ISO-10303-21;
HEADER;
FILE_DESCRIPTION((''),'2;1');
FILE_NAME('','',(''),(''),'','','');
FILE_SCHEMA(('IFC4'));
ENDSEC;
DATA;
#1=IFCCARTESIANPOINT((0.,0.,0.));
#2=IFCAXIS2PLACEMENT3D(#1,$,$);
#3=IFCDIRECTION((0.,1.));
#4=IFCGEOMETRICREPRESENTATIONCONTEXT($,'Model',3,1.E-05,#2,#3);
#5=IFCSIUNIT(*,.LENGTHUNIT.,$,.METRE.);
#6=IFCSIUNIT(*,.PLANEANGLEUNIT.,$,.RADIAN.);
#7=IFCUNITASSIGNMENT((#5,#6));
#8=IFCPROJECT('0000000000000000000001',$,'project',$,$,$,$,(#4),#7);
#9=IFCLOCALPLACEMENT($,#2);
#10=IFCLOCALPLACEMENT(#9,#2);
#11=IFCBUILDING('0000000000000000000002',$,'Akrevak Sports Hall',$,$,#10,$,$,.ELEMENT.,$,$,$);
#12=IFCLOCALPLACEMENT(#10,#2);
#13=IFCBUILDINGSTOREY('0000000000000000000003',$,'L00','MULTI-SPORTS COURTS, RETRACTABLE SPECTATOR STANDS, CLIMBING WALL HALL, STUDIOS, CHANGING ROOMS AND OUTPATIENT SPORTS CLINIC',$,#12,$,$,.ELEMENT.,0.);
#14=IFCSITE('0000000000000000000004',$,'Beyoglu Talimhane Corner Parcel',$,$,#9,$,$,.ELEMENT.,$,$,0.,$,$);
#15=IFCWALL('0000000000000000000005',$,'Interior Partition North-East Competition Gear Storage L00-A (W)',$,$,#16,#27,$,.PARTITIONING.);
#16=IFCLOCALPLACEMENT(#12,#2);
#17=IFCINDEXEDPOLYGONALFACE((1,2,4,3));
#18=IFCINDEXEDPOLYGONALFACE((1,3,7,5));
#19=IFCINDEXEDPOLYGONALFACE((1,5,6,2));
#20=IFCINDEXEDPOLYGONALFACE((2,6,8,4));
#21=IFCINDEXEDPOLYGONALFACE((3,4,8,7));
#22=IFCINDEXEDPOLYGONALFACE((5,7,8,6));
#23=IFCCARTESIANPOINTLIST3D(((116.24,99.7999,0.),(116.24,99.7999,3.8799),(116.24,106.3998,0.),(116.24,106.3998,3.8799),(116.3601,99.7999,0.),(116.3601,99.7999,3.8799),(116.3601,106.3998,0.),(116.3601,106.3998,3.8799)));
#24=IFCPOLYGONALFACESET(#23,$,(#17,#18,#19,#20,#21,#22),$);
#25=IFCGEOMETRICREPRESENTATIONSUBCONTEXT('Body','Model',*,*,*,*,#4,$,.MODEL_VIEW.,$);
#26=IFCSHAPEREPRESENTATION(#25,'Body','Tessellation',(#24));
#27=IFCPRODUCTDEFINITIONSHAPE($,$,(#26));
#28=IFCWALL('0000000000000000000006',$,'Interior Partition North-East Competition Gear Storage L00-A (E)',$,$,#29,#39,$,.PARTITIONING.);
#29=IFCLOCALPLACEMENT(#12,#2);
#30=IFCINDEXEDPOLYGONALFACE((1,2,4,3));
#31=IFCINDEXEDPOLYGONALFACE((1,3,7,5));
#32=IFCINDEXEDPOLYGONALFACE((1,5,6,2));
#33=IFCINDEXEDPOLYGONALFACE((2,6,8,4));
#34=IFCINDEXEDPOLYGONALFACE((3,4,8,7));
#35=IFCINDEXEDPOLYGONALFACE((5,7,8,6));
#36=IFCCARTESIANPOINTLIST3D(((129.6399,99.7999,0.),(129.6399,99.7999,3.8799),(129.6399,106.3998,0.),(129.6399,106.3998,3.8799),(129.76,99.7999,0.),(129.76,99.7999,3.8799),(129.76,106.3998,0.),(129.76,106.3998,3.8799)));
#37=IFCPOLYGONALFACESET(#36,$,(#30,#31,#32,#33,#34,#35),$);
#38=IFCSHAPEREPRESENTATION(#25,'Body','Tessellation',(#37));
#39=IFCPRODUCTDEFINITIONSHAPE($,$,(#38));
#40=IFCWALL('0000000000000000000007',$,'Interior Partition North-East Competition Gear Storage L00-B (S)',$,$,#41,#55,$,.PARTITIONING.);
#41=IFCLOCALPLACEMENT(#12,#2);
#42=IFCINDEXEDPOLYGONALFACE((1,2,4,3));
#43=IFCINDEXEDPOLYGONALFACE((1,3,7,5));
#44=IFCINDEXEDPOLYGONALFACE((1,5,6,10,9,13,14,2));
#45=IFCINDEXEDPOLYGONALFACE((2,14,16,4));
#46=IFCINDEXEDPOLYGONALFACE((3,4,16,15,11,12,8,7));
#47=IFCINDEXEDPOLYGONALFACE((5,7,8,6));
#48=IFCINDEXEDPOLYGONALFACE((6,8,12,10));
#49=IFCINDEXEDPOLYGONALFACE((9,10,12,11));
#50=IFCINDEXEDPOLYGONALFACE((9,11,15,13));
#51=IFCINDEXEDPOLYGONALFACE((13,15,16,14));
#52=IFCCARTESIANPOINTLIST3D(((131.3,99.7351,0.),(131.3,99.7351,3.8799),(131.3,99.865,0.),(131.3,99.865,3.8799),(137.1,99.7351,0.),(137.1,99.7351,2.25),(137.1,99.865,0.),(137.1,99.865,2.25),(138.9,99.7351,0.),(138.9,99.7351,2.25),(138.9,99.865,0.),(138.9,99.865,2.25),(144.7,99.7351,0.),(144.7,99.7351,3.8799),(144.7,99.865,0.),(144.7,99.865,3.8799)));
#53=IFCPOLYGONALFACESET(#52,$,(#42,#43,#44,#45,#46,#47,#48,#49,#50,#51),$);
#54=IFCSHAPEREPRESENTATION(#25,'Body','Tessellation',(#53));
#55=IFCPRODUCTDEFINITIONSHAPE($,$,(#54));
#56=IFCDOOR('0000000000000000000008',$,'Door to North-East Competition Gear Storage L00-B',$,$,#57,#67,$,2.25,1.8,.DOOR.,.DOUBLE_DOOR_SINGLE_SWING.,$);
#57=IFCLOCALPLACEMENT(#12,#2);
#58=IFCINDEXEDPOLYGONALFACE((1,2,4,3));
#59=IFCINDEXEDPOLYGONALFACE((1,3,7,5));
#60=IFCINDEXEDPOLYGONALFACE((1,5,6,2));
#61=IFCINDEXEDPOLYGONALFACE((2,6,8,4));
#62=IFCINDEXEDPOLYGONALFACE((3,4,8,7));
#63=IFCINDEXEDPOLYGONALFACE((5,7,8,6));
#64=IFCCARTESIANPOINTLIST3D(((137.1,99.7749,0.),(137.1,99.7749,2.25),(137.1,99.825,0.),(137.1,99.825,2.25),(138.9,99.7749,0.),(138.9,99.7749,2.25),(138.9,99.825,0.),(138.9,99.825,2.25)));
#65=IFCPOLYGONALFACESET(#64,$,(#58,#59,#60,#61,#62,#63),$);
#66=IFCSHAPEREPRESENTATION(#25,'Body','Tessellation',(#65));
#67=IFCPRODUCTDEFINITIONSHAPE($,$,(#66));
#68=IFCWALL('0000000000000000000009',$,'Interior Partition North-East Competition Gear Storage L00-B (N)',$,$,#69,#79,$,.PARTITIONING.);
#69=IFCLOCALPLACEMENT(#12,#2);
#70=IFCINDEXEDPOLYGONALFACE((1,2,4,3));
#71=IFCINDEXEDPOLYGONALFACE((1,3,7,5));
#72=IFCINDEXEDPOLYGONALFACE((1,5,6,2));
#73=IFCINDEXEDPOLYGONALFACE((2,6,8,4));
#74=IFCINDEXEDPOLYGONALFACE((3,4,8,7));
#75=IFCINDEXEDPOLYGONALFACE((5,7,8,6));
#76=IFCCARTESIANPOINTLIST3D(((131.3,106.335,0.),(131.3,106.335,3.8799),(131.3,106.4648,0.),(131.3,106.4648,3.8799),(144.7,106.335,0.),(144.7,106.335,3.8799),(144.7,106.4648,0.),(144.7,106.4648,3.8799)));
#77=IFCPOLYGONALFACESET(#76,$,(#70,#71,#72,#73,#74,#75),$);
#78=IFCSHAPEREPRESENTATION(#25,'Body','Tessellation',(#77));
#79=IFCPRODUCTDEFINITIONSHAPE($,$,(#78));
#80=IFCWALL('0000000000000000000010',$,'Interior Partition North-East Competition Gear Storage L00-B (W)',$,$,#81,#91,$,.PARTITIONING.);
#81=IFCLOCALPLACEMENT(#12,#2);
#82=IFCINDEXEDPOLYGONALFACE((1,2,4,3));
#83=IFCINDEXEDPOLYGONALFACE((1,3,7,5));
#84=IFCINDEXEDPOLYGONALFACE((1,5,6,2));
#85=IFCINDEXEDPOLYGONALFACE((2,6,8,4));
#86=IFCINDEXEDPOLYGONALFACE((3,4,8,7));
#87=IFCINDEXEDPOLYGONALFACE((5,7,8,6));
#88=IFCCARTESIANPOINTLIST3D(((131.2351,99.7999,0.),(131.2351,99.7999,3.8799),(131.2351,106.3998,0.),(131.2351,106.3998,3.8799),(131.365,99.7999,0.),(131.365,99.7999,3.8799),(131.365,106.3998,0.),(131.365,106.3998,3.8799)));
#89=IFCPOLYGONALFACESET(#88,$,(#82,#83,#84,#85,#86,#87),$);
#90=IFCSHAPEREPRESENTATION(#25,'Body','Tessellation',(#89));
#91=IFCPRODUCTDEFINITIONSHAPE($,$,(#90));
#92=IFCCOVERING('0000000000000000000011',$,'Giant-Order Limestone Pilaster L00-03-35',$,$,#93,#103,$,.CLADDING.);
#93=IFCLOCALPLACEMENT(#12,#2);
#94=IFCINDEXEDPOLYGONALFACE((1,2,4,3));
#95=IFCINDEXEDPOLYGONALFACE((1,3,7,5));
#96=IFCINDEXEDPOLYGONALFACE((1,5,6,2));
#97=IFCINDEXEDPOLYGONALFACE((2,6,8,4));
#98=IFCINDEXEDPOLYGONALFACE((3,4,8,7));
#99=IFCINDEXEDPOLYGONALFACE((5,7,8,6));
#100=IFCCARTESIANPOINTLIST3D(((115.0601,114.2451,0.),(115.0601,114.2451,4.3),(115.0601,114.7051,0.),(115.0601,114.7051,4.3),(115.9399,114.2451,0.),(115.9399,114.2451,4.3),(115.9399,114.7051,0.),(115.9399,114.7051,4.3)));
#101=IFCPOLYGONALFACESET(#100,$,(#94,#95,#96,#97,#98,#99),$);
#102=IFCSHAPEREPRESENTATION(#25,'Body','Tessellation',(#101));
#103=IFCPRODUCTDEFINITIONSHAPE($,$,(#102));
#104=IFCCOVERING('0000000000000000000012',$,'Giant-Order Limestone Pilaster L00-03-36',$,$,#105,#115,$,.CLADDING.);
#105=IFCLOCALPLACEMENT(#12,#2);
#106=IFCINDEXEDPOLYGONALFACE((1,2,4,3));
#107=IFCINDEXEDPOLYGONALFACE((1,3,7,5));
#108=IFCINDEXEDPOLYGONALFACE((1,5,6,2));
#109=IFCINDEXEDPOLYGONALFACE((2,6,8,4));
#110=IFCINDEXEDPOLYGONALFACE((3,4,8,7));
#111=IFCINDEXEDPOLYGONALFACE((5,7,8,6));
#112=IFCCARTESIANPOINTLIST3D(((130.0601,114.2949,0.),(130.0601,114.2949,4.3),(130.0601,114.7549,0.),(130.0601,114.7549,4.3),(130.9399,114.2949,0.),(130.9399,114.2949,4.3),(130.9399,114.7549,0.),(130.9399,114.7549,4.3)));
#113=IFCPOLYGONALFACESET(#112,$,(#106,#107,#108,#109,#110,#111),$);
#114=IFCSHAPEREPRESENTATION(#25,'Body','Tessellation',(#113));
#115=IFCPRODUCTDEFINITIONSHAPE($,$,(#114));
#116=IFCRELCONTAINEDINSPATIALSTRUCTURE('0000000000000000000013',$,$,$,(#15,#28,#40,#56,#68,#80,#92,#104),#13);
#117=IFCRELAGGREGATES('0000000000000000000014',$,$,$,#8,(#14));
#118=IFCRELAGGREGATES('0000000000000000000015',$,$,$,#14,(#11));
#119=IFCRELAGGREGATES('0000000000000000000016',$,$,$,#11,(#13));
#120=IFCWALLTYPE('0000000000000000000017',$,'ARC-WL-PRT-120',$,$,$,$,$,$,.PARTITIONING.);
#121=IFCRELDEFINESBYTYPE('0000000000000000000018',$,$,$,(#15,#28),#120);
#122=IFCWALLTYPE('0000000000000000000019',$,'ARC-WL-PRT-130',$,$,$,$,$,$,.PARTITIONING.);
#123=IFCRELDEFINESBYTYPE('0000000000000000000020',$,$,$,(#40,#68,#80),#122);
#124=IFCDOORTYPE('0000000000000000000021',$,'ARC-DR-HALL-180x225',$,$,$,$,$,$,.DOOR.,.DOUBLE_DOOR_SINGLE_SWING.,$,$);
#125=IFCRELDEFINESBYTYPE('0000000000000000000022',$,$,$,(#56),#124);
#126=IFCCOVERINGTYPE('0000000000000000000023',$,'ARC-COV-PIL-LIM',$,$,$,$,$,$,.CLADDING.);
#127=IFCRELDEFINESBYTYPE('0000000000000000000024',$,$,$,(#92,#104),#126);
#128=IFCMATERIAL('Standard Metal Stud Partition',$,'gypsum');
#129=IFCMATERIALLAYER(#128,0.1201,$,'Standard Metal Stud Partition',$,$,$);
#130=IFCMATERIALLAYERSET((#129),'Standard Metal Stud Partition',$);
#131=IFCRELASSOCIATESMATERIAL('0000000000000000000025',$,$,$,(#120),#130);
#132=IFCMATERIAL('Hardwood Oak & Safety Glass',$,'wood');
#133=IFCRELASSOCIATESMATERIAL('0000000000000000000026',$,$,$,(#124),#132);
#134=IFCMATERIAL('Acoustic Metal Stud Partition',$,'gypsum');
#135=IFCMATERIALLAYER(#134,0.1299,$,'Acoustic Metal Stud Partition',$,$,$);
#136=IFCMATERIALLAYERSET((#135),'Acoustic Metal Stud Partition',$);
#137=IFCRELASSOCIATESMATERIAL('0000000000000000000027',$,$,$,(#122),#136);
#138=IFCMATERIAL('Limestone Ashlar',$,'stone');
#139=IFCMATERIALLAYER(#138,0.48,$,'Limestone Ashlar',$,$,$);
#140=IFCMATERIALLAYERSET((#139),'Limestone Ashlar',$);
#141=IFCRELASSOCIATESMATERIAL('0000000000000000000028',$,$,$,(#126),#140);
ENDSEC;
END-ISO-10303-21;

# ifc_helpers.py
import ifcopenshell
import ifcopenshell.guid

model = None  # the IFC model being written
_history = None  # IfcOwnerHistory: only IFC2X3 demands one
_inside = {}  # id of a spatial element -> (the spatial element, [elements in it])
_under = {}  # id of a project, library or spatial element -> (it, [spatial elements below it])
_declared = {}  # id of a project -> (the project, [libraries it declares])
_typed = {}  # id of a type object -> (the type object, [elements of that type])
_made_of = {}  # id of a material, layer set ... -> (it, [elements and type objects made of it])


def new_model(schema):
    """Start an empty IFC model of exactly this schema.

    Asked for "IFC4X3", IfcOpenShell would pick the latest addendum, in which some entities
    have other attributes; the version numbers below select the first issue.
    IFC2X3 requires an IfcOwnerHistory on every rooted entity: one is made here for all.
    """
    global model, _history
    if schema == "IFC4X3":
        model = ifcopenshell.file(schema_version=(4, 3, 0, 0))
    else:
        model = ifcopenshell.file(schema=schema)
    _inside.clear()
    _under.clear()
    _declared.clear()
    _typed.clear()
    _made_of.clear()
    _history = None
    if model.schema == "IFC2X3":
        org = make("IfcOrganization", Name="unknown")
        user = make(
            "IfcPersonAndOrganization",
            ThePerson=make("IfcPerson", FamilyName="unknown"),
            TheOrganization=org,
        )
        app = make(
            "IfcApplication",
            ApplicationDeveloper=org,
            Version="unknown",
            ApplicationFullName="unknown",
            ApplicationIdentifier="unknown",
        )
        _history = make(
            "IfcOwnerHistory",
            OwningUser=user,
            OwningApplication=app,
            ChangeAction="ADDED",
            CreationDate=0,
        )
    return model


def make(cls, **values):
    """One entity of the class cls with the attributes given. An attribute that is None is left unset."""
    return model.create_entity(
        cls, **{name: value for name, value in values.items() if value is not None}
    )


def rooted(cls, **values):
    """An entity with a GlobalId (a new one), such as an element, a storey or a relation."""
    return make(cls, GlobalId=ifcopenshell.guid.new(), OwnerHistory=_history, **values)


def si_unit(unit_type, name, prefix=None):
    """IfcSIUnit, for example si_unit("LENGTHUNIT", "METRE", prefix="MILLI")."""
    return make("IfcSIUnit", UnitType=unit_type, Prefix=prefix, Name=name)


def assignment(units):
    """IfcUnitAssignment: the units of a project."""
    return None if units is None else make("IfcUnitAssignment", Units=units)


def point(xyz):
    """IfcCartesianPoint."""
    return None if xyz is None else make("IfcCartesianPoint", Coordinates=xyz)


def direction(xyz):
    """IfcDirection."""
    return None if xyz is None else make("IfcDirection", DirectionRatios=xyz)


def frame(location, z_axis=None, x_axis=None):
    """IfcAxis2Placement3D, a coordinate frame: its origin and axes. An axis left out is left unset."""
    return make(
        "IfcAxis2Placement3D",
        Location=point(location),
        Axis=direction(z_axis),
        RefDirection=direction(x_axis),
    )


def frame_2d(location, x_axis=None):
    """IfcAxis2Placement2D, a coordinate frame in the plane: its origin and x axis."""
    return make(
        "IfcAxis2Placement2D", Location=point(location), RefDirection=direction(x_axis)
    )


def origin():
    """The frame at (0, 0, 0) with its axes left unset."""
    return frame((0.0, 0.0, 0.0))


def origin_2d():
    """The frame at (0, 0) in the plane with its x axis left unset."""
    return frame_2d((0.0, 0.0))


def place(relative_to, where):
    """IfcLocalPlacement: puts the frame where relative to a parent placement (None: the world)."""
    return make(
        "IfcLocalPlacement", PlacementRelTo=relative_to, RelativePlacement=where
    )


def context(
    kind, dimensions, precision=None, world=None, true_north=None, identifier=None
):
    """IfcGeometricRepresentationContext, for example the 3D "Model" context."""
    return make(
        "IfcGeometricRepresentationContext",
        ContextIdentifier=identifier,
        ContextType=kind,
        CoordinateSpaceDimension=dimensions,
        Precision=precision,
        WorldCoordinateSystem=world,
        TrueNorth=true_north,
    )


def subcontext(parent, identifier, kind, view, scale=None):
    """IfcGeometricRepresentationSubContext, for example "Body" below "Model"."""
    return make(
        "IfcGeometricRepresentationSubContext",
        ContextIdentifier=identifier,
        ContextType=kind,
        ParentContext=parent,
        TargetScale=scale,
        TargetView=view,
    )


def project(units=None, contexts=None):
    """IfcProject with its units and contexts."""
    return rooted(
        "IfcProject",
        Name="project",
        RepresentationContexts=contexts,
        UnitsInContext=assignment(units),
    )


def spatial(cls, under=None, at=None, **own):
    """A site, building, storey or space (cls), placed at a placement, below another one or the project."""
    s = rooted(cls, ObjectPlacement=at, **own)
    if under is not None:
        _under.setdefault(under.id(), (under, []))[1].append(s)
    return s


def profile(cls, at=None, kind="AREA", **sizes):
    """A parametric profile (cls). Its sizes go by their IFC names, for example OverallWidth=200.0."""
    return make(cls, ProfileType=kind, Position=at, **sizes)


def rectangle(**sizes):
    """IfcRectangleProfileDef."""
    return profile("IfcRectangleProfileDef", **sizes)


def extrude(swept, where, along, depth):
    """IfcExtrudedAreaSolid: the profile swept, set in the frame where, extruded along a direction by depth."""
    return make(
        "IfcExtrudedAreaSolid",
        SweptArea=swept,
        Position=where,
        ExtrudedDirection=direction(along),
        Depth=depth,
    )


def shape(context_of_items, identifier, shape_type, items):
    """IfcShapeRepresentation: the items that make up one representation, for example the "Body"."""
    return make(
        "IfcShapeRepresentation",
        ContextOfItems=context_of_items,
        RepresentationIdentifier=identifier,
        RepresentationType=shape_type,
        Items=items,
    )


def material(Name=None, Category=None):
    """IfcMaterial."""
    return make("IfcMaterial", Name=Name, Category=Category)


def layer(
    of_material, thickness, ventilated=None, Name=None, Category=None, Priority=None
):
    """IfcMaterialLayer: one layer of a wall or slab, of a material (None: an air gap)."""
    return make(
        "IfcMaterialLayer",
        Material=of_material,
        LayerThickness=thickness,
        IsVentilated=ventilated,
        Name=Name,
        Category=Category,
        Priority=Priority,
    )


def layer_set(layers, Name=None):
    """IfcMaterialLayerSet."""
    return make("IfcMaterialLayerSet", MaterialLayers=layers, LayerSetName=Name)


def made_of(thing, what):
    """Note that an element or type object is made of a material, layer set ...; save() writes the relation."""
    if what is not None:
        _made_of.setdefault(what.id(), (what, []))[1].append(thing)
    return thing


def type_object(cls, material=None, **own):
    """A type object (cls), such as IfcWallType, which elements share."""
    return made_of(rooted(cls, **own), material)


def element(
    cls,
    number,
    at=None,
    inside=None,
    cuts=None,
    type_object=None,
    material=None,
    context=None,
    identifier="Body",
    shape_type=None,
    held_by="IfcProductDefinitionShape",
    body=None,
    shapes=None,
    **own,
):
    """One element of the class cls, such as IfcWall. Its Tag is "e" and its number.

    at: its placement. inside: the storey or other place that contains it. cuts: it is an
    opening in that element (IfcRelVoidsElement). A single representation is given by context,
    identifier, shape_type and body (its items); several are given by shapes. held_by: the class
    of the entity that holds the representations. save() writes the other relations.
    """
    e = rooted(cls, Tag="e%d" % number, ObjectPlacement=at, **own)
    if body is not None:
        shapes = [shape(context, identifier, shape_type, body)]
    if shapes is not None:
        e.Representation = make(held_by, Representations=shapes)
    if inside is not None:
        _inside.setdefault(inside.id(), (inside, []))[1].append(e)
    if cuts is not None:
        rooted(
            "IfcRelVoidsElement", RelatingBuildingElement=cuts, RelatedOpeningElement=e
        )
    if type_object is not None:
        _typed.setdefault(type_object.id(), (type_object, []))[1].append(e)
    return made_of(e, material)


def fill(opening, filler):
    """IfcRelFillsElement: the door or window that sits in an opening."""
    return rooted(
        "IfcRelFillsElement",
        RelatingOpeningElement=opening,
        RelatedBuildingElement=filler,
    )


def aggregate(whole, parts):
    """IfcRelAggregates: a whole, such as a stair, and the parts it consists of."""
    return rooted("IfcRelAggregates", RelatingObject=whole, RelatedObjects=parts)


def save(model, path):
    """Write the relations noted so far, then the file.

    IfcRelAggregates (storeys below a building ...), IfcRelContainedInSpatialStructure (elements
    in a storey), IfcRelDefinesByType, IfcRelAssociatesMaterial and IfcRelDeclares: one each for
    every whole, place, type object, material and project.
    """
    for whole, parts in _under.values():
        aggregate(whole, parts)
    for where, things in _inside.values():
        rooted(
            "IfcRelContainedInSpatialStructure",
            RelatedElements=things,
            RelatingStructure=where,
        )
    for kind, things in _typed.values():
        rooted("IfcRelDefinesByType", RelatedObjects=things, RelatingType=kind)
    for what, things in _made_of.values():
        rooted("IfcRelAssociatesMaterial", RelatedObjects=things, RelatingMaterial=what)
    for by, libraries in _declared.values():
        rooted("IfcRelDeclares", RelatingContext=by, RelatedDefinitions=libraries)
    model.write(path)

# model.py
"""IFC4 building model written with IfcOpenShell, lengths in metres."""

from ifc_helpers import new_model, si_unit, direction, frame, frame_2d, origin, origin_2d, place, context, subcontext, project, spatial, rectangle, extrude, material, layer, layer_set, type_object, element, fill, save


model = new_model("IFC4")

# Units and contexts
model_context = context("Model", 3, precision=1e-05, world=origin(), true_north=direction((0.0, 1.0)))
body_context = subcontext(model_context, "Body", "Model", "MODEL_VIEW")
ifc_project = project(units=[si_unit("LENGTHUNIT", "METRE"), si_unit("PLANEANGLEUNIT", "RADIAN")], contexts=[model_context])

# Site, building, storey
site_placement = place(None, origin())
site = spatial("IfcSite", under=ifc_project, at=site_placement, Name="Beyoglu Talimhane Corner Parcel", CompositionType="ELEMENT", RefElevation=0.0)
building_placement = place(site_placement, origin())
building = spatial("IfcBuilding", under=site, at=building_placement, Name="Akrevak Sports Hall", CompositionType="ELEMENT")
storey_placement = place(building_placement, origin())
storey = spatial("IfcBuildingStorey", under=building, at=storey_placement, Name="L00", Description="MULTI-SPORTS COURTS, RETRACTABLE SPECTATOR STANDS, CLIMBING WALL HALL, STUDIOS, CHANGING ROOMS AND OUTPATIENT SPORTS CLINIC", CompositionType="ELEMENT", Elevation=0.0)

# Shared definitions
ifc_material_1 = material(Name="Limestone Ashlar", Category="stone")

# Shared definitions
ifc_material_2 = material(Name="Standard Metal Stud Partition", Category="gypsum")
ifc_layer_1 = layer(ifc_material_2, 0.1201, Name="Standard Metal Stud Partition")
ifc_layer_set_1 = layer_set([ifc_layer_1], Name="Standard Metal Stud Partition")
wall_type_1 = type_object("IfcWallType", Name="ARC-WL-PRT-120", PredefinedType="PARTITIONING", material=ifc_layer_set_1)
ifc_material_3 = material(Name="Hardwood Oak & Safety Glass", Category="wood")
door_type = type_object("IfcDoorType", Name="ARC-DR-HALL-180x225", OperationType="DOUBLE_DOOR_SINGLE_SWING", PredefinedType="DOOR", material=ifc_material_3)

# Walls
for number, where, z_axis, x_axis, name in (
    (1, (116.3, 99.8, 0.0), (0.0, 0.0, 1.0), (0.0, 1.0, 0.0), "Interior Partition North-East Competition Gear Storage L00-A (W)"),
    (2, (129.7, 99.8, 0.0), (0.0, 0.0, 1.0), (0.0, 1.0, 0.0), "Interior Partition North-East Competition Gear Storage L00-A (E)"),
):
    element("IfcWall", number, at=place(storey_placement, frame(where, z_axis=z_axis, x_axis=x_axis)), inside=storey, type_object=wall_type_1, Name=name, PredefinedType="PARTITIONING", context=body_context, shape_type="SweptSolid", body=[
        extrude(rectangle(XDim=6.5999, YDim=0.1201, at=frame_2d((3.2998, 0.0))), origin(), (0.0, 0.0, 1.0), 3.8799),
    ])

# Wall, opening, door
ifc_material_4 = material(Name="Acoustic Metal Stud Partition", Category="gypsum")
ifc_layer_2 = layer(ifc_material_4, 0.1299, Name="Acoustic Metal Stud Partition")
ifc_layer_set_2 = layer_set([ifc_layer_2], Name="Acoustic Metal Stud Partition")
wall_type_2 = type_object("IfcWallType", Name="ARC-WL-PRT-130", PredefinedType="PARTITIONING", material=ifc_layer_set_2)
wall_1_placement = place(storey_placement, frame((131.3, 99.8, 0.0), z_axis=(0.0, 0.0, 1.0), x_axis=(1.0, 0.0, 0.0)))
wall_1 = element("IfcWall", 3, at=wall_1_placement, inside=storey, type_object=wall_type_2, Name="Interior Partition North-East Competition Gear Storage L00-B (S)", PredefinedType="PARTITIONING", context=body_context, shape_type="SweptSolid", body=[
    extrude(rectangle(XDim=13.3999, YDim=0.1299, at=frame_2d((6.7, 0.0))), origin(), (0.0, 0.0, 1.0), 3.8799),
])
opening_1_placement = place(wall_1_placement, frame((5.8, 0.0, 0.0)))
opening_1 = element("IfcOpeningElement", 4, at=opening_1_placement, cuts=wall_1, PredefinedType="OPENING", context=body_context, shape_type="SweptSolid", body=[
    extrude(rectangle(XDim=1.8, YDim=2.25, at=frame_2d((0.8999, 1.125))), frame((0.0, 0.0769, 0.0), z_axis=(0.0, -1.0, 0.0), x_axis=(1.0, 0.0, 0.0)), (0.0, 0.0, 1.0), 0.1538),
])
door_1_placement = place(opening_1_placement, origin())
door_1 = element("IfcDoor", 5, at=door_1_placement, inside=storey, type_object=door_type, Name="Door to North-East Competition Gear Storage L00-B", OperationType="DOUBLE_DOOR_SINGLE_SWING", OverallHeight=2.25, OverallWidth=1.8, PredefinedType="DOOR", context=body_context, shape_type="SweptSolid", body=[
    extrude(rectangle(XDim=1.8, YDim=2.25, at=frame_2d((0.8999, 1.125))), frame((0.0, 0.0249, 0.0), z_axis=(0.0, -1.0, 0.0), x_axis=(1.0, 0.0, 0.0)), (0.0, 0.0, 1.0), 0.05),
])
fill(opening_1, door_1)

# Walls
wall_2_placement = place(storey_placement, frame((131.3, 106.3999, 0.0), z_axis=(0.0, 0.0, 1.0), x_axis=(1.0, 0.0, 0.0)))
element("IfcWall", 6, at=wall_2_placement, inside=storey, type_object=wall_type_2, Name="Interior Partition North-East Competition Gear Storage L00-B (N)", PredefinedType="PARTITIONING", context=body_context, shape_type="SweptSolid", body=[
    extrude(rectangle(XDim=13.3999, YDim=0.1299, at=frame_2d((6.7, 0.0))), origin(), (0.0, 0.0, 1.0), 3.8799),
])
wall_3_placement = place(storey_placement, frame((131.3, 99.8, 0.0), z_axis=(0.0, 0.0, 1.0), x_axis=(0.0, 1.0, 0.0)))
element("IfcWall", 7, at=wall_3_placement, inside=storey, type_object=wall_type_2, Name="Interior Partition North-East Competition Gear Storage L00-B (W)", PredefinedType="PARTITIONING", context=body_context, shape_type="SweptSolid", body=[
    extrude(rectangle(XDim=6.5999, YDim=0.1299, at=frame_2d((3.2998, 0.0))), origin(), (0.0, 0.0, 1.0), 3.8799),
])

# Coverings
ifc_layer_3 = layer(ifc_material_1, 0.48, Name="Limestone Ashlar")
ifc_layer_set_3 = layer_set([ifc_layer_3], Name="Limestone Ashlar")
covering_type = type_object("IfcCoveringType", Name="ARC-COV-PIL-LIM", PredefinedType="CLADDING", material=ifc_layer_set_3)
for number, where, z_axis, x_axis, name in (
    (8, (115.5, 114.4751, 0.0), (0.0, 0.0, 1.0), (-1.0, 0.0, 0.0), "Giant-Order Limestone Pilaster L00-03-35"),
    (9, (130.5, 114.5249, 0.0), (0.0, 0.0, 1.0), (-1.0, 0.0, 0.0), "Giant-Order Limestone Pilaster L00-03-36"),
):
    element("IfcCovering", number, at=place(storey_placement, frame(where, z_axis=z_axis, x_axis=x_axis)), inside=storey, type_object=covering_type, Name=name, PredefinedType="CLADDING", context=body_context, shape_type="SweptSolid", body=[
        extrude(rectangle(XDim=0.8799, YDim=0.46, at=origin_2d()), origin(), (0.0, 0.0, 1.0), 4.3),
    ])

save(model, "model.ifc")
